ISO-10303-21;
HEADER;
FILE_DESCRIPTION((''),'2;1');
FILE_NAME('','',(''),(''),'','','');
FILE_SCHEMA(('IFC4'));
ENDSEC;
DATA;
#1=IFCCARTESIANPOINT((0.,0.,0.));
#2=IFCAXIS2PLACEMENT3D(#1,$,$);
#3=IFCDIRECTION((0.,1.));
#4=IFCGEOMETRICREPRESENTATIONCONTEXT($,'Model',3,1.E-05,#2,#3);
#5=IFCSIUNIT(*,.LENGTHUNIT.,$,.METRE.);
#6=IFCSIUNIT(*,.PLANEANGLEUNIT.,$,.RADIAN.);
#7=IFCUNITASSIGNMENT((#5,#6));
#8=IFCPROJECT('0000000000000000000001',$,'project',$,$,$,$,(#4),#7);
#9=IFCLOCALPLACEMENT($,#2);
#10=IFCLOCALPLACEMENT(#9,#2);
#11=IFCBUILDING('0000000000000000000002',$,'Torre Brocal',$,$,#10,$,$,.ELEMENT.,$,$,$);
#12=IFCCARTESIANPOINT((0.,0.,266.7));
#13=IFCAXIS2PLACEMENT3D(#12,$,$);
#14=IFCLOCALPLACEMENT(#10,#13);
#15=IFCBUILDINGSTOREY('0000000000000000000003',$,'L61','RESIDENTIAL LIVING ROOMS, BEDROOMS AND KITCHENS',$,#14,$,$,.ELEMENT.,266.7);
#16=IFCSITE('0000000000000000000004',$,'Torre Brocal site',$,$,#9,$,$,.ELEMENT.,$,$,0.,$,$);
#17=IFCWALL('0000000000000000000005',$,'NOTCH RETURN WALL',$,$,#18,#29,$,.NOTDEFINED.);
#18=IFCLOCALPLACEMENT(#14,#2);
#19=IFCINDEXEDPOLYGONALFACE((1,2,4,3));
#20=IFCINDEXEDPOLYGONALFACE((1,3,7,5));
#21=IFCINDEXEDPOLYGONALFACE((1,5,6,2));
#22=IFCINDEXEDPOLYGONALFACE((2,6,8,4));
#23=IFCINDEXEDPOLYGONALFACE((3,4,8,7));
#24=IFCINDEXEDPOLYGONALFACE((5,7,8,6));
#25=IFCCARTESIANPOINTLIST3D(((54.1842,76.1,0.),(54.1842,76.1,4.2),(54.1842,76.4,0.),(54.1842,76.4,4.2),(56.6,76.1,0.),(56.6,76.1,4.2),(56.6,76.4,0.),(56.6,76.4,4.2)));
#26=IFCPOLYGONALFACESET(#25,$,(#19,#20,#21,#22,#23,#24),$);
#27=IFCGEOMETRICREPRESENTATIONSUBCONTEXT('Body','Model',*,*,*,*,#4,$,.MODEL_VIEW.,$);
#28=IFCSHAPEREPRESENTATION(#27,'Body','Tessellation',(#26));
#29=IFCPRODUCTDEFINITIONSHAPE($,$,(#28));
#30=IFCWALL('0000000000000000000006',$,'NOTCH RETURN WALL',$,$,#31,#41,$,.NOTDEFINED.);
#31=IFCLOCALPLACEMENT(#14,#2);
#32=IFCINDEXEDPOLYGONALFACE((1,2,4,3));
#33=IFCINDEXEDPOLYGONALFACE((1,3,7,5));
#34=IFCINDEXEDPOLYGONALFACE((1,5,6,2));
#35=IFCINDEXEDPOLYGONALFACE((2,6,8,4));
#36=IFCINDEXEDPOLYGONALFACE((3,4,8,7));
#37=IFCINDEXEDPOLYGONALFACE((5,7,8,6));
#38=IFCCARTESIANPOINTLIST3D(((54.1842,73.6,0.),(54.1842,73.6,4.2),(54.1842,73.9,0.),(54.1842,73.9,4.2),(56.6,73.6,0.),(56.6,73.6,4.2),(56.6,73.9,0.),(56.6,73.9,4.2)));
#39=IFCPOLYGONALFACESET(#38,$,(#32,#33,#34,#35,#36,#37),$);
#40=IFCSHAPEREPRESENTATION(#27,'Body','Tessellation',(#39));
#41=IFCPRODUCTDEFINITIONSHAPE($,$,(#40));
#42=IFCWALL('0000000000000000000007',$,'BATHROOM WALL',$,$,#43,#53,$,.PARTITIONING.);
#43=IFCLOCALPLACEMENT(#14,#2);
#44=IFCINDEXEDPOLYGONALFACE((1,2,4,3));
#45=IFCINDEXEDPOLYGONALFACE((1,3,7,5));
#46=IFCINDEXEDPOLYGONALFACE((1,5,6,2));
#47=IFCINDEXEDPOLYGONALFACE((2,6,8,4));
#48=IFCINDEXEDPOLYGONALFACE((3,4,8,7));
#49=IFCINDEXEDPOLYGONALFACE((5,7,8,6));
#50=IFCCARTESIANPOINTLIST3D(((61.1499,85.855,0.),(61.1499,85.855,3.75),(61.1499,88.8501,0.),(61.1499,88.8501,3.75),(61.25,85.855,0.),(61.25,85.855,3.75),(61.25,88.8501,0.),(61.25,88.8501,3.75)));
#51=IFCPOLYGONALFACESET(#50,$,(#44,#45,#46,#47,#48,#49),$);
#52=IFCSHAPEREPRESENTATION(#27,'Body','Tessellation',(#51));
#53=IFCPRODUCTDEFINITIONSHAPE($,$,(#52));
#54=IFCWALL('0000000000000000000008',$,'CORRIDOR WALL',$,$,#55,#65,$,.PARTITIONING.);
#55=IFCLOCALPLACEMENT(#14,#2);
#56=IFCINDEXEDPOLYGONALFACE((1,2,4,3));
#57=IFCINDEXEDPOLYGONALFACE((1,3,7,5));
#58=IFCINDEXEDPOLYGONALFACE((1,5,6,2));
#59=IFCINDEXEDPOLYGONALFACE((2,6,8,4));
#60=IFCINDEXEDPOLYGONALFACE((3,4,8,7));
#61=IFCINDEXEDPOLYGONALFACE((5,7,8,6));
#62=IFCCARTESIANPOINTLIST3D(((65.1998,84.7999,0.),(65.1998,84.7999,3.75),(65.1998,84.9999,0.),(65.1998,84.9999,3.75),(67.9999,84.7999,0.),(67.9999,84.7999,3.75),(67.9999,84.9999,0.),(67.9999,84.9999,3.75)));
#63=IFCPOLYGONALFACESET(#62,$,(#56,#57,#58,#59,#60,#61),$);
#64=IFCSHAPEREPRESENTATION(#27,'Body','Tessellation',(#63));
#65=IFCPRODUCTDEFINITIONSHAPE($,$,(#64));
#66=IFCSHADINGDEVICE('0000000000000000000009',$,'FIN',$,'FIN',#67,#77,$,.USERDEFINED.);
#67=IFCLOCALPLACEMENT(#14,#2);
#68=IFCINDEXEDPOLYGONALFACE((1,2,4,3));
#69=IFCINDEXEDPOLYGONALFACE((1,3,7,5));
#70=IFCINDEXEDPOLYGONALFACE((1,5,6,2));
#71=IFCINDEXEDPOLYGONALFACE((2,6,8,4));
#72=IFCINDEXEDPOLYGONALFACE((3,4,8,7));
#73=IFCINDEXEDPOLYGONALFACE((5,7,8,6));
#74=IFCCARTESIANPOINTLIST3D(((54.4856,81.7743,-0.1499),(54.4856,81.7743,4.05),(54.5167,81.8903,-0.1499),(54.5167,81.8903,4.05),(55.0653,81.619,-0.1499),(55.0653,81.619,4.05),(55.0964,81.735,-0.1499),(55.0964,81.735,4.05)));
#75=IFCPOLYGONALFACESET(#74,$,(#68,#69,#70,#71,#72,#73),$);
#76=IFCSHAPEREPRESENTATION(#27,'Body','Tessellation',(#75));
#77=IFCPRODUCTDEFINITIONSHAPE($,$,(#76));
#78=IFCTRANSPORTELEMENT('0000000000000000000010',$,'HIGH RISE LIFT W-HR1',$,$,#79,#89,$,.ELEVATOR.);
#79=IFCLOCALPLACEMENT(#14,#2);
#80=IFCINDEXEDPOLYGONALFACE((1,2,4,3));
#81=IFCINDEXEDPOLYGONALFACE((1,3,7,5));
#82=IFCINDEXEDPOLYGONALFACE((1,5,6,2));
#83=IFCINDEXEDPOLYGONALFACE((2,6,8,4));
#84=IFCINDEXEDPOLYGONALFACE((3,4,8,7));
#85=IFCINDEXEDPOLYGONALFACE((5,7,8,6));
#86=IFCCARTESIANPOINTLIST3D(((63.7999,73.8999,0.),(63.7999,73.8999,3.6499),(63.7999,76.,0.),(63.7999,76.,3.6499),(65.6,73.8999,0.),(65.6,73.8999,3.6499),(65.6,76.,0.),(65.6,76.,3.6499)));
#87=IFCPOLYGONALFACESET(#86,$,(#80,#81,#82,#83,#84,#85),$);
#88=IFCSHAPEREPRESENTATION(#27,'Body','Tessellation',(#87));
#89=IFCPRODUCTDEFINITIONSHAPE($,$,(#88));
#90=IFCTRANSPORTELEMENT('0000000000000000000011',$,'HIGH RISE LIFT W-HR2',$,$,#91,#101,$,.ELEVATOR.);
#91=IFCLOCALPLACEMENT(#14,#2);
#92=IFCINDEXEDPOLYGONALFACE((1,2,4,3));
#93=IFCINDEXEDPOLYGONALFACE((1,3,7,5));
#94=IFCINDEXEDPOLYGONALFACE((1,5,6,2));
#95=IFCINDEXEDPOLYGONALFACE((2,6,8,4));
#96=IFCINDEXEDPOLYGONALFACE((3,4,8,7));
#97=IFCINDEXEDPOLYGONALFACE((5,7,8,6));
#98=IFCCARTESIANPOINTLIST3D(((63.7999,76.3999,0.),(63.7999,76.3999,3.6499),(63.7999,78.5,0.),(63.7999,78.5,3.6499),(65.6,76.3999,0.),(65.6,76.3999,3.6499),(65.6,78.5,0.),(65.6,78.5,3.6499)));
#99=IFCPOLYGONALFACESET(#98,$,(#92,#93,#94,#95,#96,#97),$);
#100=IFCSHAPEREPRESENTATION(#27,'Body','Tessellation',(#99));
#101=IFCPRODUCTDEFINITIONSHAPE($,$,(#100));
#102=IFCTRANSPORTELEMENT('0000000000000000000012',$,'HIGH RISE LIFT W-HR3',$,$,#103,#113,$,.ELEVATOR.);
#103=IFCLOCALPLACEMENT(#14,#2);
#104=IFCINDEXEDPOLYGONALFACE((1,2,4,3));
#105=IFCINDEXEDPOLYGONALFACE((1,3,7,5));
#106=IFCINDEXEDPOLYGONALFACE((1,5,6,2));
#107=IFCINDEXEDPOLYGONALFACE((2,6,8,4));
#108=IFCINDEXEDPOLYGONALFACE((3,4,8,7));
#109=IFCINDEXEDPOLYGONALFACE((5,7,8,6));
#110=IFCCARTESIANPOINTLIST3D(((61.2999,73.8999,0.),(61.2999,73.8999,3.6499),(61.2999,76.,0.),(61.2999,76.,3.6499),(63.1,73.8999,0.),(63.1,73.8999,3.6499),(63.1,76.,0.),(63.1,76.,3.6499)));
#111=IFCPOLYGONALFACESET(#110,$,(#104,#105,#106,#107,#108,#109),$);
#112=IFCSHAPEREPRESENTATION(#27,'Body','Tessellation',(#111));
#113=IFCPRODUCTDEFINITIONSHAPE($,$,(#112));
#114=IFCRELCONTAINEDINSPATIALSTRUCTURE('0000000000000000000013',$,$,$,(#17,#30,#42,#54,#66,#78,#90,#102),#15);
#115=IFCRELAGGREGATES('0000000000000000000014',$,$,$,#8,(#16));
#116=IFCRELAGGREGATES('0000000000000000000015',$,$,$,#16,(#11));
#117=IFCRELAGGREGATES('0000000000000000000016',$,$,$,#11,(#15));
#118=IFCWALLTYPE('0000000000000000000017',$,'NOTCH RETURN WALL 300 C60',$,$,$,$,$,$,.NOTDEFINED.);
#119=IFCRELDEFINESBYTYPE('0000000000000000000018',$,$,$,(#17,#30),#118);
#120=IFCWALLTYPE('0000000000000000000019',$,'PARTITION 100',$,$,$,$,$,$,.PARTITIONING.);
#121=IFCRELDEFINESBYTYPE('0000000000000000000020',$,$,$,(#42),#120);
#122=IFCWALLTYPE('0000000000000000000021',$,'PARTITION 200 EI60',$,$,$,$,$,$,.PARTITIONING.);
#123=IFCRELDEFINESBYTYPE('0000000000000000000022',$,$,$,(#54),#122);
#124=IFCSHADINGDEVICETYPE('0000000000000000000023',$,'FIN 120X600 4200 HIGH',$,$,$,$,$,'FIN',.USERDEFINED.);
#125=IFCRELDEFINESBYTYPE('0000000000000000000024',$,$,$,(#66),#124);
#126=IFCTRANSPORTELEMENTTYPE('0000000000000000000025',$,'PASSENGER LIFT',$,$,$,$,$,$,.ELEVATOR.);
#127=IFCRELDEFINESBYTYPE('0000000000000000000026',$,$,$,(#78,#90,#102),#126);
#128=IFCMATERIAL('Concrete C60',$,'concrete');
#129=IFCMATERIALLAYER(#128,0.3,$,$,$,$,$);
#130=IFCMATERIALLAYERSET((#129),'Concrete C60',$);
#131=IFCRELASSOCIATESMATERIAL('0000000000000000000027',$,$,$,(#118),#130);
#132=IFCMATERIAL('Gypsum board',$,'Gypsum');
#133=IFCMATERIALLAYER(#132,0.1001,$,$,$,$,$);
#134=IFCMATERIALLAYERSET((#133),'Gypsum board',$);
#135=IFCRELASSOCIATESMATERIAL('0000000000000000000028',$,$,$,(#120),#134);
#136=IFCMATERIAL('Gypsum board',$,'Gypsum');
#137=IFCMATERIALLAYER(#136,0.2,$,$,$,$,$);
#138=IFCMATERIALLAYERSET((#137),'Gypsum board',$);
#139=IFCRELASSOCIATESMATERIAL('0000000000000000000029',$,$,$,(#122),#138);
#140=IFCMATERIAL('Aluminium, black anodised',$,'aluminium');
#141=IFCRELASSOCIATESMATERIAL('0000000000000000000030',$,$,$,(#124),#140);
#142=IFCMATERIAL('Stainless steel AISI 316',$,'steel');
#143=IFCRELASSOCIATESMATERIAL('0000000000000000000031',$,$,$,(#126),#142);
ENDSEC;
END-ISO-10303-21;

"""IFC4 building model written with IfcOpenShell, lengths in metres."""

from ifc_helpers import new_model, si_unit, direction, frame, frame_2d, origin, origin_2d, place, context, subcontext, project, spatial, rectangle, extrude, material, layer, layer_set, material_profile, profile_set, type_object, element, save


model = new_model("IFC4")

# Units and contexts
model_context = context("Model", 3, precision=1e-05, world=origin(), true_north=direction((0.0, 1.0)))
body_context = subcontext(model_context, "Body", "Model", "MODEL_VIEW")
ifc_project = project(units=[si_unit("LENGTHUNIT", "METRE"), si_unit("PLANEANGLEUNIT", "RADIAN")], contexts=[model_context])

# Site, building, storey
site_placement = place(None, origin())
site = spatial("IfcSite", under=ifc_project, at=site_placement, Name="Torre Brocal site", CompositionType="ELEMENT", RefElevation=0.0)
building_placement = place(site_placement, origin())
building = spatial("IfcBuilding", under=site, at=building_placement, Name="Torre Brocal", CompositionType="ELEMENT")
storey_placement = place(building_placement, frame((0.0, 0.0, 266.7)))
storey = spatial("IfcBuildingStorey", under=building, at=storey_placement, Name="L61", Description="RESIDENTIAL LIVING ROOMS, BEDROOMS AND KITCHENS", CompositionType="ELEMENT", Elevation=266.7)

# Walls
ifc_material_1 = material(Name="Concrete C60", Category="concrete")
ifc_layer_1 = layer(ifc_material_1, 0.3)
ifc_layer_set_1 = layer_set([ifc_layer_1], Name="Concrete C60")
wall_type_1 = type_object("IfcWallType", Name="NOTCH RETURN WALL 300 C60", PredefinedType="NOTDEFINED", material=ifc_layer_set_1)
for number, where, z_axis, x_axis, name in (
    (1, (56.6001, 76.25, 0.0), (0.0, 0.0, 1.0), (-1.0, 0.0, 0.0), "NOTCH RETURN WALL"),
    (2, (56.6001, 73.75, 0.0), (0.0, 0.0, 1.0), (-1.0, 0.0, 0.0), "NOTCH RETURN WALL"),
):
    element("IfcWall", number, at=place(storey_placement, frame(where, z_axis=z_axis, x_axis=x_axis)), inside=storey, type_object=wall_type_1, Name=name, PredefinedType="NOTDEFINED", context=body_context, shape_type="SweptSolid", body=[
        extrude(rectangle(XDim=2.4158, YDim=0.3, at=frame_2d((1.208, 0.0))), origin(), (0.0, 0.0, 1.0), 4.2),
    ])
ifc_material_2 = material(Name="Gypsum board", Category="Gypsum")
ifc_layer_2 = layer(ifc_material_2, 0.1001)
ifc_layer_set_2 = layer_set([ifc_layer_2], Name="Gypsum board")
wall_type_2 = type_object("IfcWallType", Name="PARTITION 100", PredefinedType="PARTITIONING", material=ifc_layer_set_2)
wall_1_placement = place(storey_placement, frame((61.2, 85.855, 0.0), z_axis=(0.0, 0.0, 1.0), x_axis=(0.0, 1.0, 0.0)))
element("IfcWall", 3, at=wall_1_placement, inside=storey, type_object=wall_type_2, Name="BATHROOM WALL", PredefinedType="PARTITIONING", context=body_context, shape_type="SweptSolid", body=[
    extrude(rectangle(XDim=2.9951, YDim=0.1001, at=frame_2d((1.4976, 0.0))), origin(), (0.0, 0.0, 1.0), 3.75),
])
ifc_material_3 = material(Name="Gypsum board", Category="Gypsum")
ifc_layer_3 = layer(ifc_material_3, 0.2)
ifc_layer_set_3 = layer_set([ifc_layer_3], Name="Gypsum board")
wall_type_3 = type_object("IfcWallType", Name="PARTITION 200 EI60", PredefinedType="PARTITIONING", material=ifc_layer_set_3)
wall_2_placement = place(storey_placement, frame((65.2, 84.8999, 0.0), z_axis=(0.0, 0.0, 1.0), x_axis=(1.0, 0.0, 0.0)))
element("IfcWall", 4, at=wall_2_placement, inside=storey, type_object=wall_type_3, Name="CORRIDOR WALL", PredefinedType="PARTITIONING", context=body_context, shape_type="SweptSolid", body=[
    extrude(rectangle(XDim=2.8, YDim=0.2, at=frame_2d((1.3999, 0.0))), origin(), (0.0, 0.0, 1.0), 3.75),
])

# Shading device
ifc_material_4 = material(Name="Aluminium, black anodised", Category="aluminium")
ifc_material_profile_1 = material_profile(ifc_material_4, rectangle(XDim=0.1201, YDim=0.6001, at=origin_2d()), Name="FIN 120X600 4200 HIGH")
ifc_profile_set_1 = profile_set([ifc_material_profile_1], Name="Aluminium, black anodised")
shading_device_type = type_object("IfcShadingDeviceType", Name="FIN 120X600 4200 HIGH", ElementType="FIN", PredefinedType="USERDEFINED", material=ifc_profile_set_1)
shading_device_placement = place(storey_placement, frame((54.791, 81.7546, -0.1499), z_axis=(0.0, 0.0, 1.0), x_axis=(-0.258819, -0.965926, 0.0)))
element("IfcShadingDevice", 5, at=shading_device_placement, inside=storey, type_object=shading_device_type, Name="FIN", ObjectType="FIN", PredefinedType="USERDEFINED", context=body_context, shape_type="SweptSolid", body=[
    extrude(rectangle(XDim=0.1201, YDim=0.6001, at=origin_2d()), origin(), (0.0, 0.0, 1.0), 4.2),
])

# Transport elements
ifc_material_5 = material(Name="Stainless steel AISI 316", Category="steel")
transport_element_type = type_object("IfcTransportElementType", Name="PASSENGER LIFT", PredefinedType="ELEVATOR", material=ifc_material_5)
for number, where, z_axis, x_axis, name in (
    (6, (64.7, 74.95, 0.0), (0.0, 0.0, 1.0), (1.0, 0.0, 0.0), "HIGH RISE LIFT W-HR1"),
    (7, (64.7, 77.45, 0.0), (0.0, 0.0, 1.0), (1.0, 0.0, 0.0), "HIGH RISE LIFT W-HR2"),
    (8, (62.2, 74.95, 0.0), (0.0, 0.0, 1.0), (1.0, 0.0, 0.0), "HIGH RISE LIFT W-HR3"),
):
    element("IfcTransportElement", number, at=place(storey_placement, frame(where, z_axis=z_axis, x_axis=x_axis)), inside=storey, type_object=transport_element_type, Name=name, PredefinedType="ELEVATOR", context=body_context, shape_type="SweptSolid", body=[
        extrude(rectangle(XDim=1.8, YDim=2.1001, at=origin_2d()), origin(), (0.0, 0.0, 1.0), 3.6499),
    ])

save(model, "model.ifc")
